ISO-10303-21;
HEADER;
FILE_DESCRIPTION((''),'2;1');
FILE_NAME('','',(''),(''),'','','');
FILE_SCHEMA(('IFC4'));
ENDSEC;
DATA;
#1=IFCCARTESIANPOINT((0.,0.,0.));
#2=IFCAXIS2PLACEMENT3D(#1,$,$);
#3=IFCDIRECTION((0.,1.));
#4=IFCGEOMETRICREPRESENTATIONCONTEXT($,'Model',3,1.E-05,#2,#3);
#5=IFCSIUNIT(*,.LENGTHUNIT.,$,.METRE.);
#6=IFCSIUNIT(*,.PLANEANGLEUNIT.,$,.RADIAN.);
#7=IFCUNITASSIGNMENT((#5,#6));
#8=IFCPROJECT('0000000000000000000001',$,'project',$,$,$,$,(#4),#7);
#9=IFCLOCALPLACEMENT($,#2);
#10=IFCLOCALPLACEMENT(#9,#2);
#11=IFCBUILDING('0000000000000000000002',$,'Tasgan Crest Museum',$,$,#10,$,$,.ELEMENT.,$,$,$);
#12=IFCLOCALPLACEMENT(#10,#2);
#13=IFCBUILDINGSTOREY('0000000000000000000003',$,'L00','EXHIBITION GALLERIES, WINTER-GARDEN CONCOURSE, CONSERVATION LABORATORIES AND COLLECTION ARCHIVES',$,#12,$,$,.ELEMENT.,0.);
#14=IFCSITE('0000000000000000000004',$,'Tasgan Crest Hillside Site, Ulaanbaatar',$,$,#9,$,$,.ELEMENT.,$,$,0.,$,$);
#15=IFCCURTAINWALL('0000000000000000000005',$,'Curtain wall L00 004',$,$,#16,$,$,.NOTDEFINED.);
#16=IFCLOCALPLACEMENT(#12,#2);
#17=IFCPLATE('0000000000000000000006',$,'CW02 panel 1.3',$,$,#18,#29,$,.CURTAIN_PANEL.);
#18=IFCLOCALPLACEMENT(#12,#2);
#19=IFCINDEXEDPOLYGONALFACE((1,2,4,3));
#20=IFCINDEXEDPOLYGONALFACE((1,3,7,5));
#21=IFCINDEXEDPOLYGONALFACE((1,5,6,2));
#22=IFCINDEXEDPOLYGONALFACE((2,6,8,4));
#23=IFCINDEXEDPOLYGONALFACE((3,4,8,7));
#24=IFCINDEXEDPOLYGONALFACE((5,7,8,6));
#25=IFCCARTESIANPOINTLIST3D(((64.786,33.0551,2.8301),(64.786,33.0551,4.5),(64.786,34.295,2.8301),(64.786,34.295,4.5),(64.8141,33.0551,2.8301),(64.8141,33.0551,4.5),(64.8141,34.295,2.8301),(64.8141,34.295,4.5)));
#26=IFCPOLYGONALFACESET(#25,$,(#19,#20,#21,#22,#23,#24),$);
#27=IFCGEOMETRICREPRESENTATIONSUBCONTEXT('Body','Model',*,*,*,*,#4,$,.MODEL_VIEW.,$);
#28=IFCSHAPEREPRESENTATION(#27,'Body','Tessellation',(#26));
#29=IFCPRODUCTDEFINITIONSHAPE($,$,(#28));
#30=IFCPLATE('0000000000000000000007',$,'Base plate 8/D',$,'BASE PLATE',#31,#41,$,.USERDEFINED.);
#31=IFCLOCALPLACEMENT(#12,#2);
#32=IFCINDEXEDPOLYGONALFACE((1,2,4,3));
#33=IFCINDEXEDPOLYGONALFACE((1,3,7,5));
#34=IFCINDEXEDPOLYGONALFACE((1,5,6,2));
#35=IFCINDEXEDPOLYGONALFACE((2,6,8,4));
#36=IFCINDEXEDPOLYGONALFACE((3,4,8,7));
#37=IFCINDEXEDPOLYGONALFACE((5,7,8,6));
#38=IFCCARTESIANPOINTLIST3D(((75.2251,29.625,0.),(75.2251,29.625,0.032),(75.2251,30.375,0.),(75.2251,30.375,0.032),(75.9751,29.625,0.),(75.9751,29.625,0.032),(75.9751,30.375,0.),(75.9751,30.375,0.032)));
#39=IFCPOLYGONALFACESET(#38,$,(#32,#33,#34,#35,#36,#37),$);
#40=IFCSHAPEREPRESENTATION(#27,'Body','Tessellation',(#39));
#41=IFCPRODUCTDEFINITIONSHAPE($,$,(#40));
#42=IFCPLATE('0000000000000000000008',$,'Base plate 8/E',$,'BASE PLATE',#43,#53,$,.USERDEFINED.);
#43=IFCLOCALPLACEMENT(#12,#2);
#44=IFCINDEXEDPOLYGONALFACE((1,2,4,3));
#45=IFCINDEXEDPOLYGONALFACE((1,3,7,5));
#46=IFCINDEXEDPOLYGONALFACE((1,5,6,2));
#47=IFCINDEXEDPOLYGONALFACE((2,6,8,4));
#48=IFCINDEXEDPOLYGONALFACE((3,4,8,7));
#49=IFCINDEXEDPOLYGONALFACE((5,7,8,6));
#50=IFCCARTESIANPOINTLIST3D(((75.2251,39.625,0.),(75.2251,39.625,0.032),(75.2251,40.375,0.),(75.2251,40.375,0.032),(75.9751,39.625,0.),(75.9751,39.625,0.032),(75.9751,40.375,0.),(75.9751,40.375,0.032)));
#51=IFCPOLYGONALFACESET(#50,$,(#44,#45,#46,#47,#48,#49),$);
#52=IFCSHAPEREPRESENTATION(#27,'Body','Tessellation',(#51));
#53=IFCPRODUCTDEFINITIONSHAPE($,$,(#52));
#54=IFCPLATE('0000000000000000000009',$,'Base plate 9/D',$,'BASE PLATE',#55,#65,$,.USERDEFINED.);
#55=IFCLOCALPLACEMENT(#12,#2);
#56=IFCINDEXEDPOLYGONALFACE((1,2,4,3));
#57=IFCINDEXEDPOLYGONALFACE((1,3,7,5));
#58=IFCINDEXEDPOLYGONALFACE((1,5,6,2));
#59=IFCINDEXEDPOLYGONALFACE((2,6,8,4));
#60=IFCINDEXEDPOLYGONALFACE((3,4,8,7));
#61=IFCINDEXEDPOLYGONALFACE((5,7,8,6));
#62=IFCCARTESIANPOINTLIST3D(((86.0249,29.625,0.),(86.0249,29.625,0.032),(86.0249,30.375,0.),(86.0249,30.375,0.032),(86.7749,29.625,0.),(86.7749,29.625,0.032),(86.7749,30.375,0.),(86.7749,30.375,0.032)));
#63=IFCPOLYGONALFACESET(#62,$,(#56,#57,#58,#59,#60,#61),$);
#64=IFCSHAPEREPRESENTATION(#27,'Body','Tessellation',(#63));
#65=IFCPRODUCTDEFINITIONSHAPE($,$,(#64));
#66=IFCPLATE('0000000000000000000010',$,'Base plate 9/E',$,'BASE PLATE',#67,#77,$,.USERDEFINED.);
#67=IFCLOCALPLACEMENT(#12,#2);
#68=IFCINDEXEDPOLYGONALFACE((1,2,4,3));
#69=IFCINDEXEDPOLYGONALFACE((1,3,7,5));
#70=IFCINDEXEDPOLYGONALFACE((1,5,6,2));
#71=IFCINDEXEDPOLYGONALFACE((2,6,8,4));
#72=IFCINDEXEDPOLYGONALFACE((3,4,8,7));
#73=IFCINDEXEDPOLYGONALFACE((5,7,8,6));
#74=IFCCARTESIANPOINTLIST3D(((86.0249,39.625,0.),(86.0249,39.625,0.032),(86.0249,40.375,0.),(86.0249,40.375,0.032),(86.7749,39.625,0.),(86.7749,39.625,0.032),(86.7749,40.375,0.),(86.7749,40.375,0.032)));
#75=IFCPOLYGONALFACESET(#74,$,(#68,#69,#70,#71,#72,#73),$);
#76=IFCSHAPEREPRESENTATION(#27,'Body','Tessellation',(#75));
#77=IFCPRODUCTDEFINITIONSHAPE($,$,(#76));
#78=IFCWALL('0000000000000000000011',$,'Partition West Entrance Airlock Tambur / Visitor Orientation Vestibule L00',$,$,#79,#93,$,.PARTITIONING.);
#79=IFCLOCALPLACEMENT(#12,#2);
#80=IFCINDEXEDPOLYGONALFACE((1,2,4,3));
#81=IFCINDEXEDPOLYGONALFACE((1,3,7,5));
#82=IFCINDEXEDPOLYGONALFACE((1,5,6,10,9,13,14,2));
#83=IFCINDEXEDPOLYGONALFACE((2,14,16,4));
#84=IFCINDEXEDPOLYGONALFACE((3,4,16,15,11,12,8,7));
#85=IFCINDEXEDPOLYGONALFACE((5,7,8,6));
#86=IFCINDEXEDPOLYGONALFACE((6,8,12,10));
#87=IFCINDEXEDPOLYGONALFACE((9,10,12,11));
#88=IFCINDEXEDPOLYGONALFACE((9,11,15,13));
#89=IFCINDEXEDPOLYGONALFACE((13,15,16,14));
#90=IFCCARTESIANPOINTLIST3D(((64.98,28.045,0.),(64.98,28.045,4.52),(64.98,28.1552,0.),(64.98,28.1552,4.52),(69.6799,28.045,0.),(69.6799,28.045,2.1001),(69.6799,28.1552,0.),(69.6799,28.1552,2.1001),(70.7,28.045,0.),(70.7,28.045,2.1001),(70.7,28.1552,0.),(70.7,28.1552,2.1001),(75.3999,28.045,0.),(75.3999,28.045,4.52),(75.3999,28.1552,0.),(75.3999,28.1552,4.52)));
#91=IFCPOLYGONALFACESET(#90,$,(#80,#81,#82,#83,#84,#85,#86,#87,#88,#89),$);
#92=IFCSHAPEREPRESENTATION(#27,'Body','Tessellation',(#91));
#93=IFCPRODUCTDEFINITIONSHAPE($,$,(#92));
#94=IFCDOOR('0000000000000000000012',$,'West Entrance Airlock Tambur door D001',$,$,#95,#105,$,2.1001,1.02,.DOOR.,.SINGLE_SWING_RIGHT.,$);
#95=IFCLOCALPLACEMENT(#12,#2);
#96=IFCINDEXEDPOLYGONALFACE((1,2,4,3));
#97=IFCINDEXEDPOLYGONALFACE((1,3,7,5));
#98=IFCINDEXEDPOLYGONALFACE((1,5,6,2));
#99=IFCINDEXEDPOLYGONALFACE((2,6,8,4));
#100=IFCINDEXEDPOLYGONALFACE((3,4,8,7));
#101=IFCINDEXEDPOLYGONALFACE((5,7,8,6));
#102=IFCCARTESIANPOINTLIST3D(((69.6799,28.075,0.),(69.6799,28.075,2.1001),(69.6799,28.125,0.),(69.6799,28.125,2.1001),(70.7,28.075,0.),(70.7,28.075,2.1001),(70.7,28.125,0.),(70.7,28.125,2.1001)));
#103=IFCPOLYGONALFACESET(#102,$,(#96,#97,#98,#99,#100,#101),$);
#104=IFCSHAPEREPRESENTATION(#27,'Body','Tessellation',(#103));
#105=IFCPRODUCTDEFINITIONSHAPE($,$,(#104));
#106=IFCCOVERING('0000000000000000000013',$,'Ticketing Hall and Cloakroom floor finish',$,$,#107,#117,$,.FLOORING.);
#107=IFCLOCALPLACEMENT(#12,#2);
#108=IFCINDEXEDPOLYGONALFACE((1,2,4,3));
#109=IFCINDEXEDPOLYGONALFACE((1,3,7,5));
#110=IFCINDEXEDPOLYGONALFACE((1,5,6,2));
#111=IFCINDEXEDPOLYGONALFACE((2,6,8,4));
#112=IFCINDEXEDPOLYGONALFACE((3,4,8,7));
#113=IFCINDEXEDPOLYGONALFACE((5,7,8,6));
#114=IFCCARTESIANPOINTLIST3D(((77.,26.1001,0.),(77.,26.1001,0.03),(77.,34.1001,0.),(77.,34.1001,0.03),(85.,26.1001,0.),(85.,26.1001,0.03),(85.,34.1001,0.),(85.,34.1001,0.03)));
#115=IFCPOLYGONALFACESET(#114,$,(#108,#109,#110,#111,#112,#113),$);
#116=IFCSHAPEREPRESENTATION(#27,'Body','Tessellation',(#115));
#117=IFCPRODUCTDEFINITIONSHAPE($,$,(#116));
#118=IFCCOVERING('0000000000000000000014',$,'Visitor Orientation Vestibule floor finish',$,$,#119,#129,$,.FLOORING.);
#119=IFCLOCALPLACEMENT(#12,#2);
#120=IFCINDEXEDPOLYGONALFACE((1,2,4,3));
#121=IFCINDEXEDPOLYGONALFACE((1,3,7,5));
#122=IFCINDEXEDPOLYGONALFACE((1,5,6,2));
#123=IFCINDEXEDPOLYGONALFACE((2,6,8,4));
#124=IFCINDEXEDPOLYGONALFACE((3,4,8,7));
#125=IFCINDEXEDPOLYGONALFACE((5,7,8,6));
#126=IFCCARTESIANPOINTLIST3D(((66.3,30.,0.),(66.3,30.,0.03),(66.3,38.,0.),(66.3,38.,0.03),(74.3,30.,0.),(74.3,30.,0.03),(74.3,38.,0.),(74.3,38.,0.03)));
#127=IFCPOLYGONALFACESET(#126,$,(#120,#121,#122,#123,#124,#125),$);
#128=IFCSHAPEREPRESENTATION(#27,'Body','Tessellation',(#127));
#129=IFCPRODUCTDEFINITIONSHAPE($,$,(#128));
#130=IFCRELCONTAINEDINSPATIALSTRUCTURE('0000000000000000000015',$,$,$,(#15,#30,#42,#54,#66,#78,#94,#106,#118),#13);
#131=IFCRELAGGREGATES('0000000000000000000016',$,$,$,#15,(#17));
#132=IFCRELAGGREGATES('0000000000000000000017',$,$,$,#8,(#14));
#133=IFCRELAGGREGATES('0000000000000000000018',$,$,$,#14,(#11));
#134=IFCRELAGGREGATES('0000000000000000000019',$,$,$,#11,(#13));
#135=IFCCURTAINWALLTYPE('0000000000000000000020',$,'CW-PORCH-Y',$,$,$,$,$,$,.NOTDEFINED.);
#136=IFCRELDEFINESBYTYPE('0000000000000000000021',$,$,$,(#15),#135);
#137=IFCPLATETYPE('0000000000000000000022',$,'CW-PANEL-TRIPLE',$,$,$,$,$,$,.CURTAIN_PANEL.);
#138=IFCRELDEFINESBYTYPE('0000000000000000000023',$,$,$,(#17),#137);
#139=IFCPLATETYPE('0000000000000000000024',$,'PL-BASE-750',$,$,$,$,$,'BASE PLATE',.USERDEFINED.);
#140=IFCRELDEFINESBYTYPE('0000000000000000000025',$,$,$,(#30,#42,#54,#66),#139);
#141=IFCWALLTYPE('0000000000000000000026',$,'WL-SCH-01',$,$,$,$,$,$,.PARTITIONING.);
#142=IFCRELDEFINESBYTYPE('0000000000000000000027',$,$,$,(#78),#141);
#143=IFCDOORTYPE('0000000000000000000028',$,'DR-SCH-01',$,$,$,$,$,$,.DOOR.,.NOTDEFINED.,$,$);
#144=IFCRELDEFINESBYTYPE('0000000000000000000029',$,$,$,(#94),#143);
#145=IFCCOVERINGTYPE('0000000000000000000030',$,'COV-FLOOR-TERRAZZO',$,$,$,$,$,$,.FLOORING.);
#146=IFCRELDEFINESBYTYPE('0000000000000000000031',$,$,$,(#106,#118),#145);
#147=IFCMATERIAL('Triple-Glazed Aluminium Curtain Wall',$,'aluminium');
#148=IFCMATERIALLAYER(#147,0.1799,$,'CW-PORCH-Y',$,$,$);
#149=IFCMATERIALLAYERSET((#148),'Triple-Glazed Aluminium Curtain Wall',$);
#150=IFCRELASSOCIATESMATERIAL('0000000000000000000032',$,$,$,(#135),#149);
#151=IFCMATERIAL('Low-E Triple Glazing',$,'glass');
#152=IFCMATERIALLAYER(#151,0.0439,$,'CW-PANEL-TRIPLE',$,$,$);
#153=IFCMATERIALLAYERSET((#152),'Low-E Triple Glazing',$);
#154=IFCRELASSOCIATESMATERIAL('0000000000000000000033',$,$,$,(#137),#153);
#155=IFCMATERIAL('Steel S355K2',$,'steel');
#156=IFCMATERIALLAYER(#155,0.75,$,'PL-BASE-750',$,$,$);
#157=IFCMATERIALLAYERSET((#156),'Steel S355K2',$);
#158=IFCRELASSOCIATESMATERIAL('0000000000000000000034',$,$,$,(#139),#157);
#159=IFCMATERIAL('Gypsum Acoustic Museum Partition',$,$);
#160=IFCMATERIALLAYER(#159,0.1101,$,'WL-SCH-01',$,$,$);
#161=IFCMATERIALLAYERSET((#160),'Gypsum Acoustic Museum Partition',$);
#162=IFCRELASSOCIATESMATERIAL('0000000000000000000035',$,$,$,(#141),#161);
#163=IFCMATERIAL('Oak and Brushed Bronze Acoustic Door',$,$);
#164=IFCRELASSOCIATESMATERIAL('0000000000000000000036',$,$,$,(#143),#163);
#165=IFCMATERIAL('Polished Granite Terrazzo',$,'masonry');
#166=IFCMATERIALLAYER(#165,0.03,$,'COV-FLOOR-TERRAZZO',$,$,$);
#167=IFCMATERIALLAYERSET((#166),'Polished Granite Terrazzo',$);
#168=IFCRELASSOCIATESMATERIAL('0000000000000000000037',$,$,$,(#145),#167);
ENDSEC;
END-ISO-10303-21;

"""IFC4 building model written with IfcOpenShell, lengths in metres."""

from ifc_helpers import new_model, si_unit, direction, frame, frame_2d, origin, origin_2d, place, context, subcontext, project, spatial, rectangle, extrude, material, layer, layer_set, type_object, element, fill, aggregate, save


model = new_model("IFC4")

# Units and contexts
model_context = context("Model", 3, precision=1e-05, world=origin(), true_north=direction((0.0, 1.0)))
body_context = subcontext(model_context, "Body", "Model", "MODEL_VIEW")
ifc_project = project(units=[si_unit("LENGTHUNIT", "METRE"), si_unit("PLANEANGLEUNIT", "RADIAN")], contexts=[model_context])

# Site, building, storey
site_placement = place(None, origin())
site = spatial("IfcSite", under=ifc_project, at=site_placement, Name="Tasgan Crest Hillside Site, Ulaanbaatar", CompositionType="ELEMENT", RefElevation=0.0)
building_placement = place(site_placement, origin())
building = spatial("IfcBuilding", under=site, at=building_placement, Name="Tasgan Crest Museum", CompositionType="ELEMENT")
storey_placement = place(building_placement, origin())
storey = spatial("IfcBuildingStorey", under=building, at=storey_placement, Name="L00", Description="EXHIBITION GALLERIES, WINTER-GARDEN CONCOURSE, CONSERVATION LABORATORIES AND COLLECTION ARCHIVES", CompositionType="ELEMENT", Elevation=0.0)

# Curtain wall, plate
ifc_material_1 = material(Name="Triple-Glazed Aluminium Curtain Wall", Category="aluminium")
ifc_layer_1 = layer(ifc_material_1, 0.1799, Name="CW-PORCH-Y")
ifc_layer_set_1 = layer_set([ifc_layer_1], Name="Triple-Glazed Aluminium Curtain Wall")
curtain_wall_type = type_object("IfcCurtainWallType", Name="CW-PORCH-Y", PredefinedType="NOTDEFINED", material=ifc_layer_set_1)
curtain_wall_placement = place(storey_placement, origin())
curtain_wall = element("IfcCurtainWall", 1, at=curtain_wall_placement, inside=storey, type_object=curtain_wall_type, Name="Curtain wall L00 004", PredefinedType="NOTDEFINED")
ifc_material_2 = material(Name="Low-E Triple Glazing", Category="glass")
ifc_layer_2 = layer(ifc_material_2, 0.0439, Name="CW-PANEL-TRIPLE")
ifc_layer_set_2 = layer_set([ifc_layer_2], Name="Low-E Triple Glazing")
plate_type_1 = type_object("IfcPlateType", Name="CW-PANEL-TRIPLE", PredefinedType="CURTAIN_PANEL", material=ifc_layer_set_2)
plate_placement = place(storey_placement, frame((64.8, 33.675, 2.8301), z_axis=(0.0, 0.0, 1.0), x_axis=(0.0, -1.0, 0.0)))
plate = element("IfcPlate", 2, at=plate_placement, type_object=plate_type_1, Name="CW02 panel 1.3", PredefinedType="CURTAIN_PANEL", context=body_context, shape_type="SweptSolid", body=[
    extrude(rectangle(XDim=1.24, YDim=0.0281, at=origin_2d()), origin(), (0.0, 0.0, 1.0), 1.6699),
])
aggregate(curtain_wall, [plate])

# Plates
ifc_material_3 = material(Name="Steel S355K2", Category="steel")
ifc_layer_3 = layer(ifc_material_3, 0.75, Name="PL-BASE-750")
ifc_layer_set_3 = layer_set([ifc_layer_3], Name="Steel S355K2")
plate_type_2 = type_object("IfcPlateType", Name="PL-BASE-750", ElementType="BASE PLATE", PredefinedType="USERDEFINED", material=ifc_layer_set_3)
for number, where, z_axis, x_axis, name in (
    (3, (75.6001, 30.0, 0.0), (0.0, 0.0, 1.0), (1.0, 0.0, 0.0), "Base plate 8/D"),
    (4, (75.6001, 40.0, 0.0), (0.0, 0.0, 1.0), (1.0, 0.0, 0.0), "Base plate 8/E"),
    (5, (86.3999, 30.0, 0.0), (0.0, 0.0, 1.0), (1.0, 0.0, 0.0), "Base plate 9/D"),
    (6, (86.3999, 40.0, 0.0), (0.0, 0.0, 1.0), (1.0, 0.0, 0.0), "Base plate 9/E"),
):
    element("IfcPlate", number, at=place(storey_placement, frame(where, z_axis=z_axis, x_axis=x_axis)), inside=storey, type_object=plate_type_2, Name=name, ObjectType="BASE PLATE", PredefinedType="USERDEFINED", context=body_context, shape_type="SweptSolid", body=[
        extrude(rectangle(XDim=0.75, YDim=0.75, at=origin_2d()), origin(), (0.0, 0.0, 1.0), 0.032),
    ])

# Wall, opening, door
ifc_material_4 = material(Name="Gypsum Acoustic Museum Partition")
ifc_layer_4 = layer(ifc_material_4, 0.1101, Name="WL-SCH-01")
ifc_layer_set_4 = layer_set([ifc_layer_4], Name="Gypsum Acoustic Museum Partition")
wall_type = type_object("IfcWallType", Name="WL-SCH-01", PredefinedType="PARTITIONING", material=ifc_layer_set_4)
wall_placement = place(storey_placement, frame((64.98, 28.1001, 0.0), z_axis=(0.0, 0.0, 1.0), x_axis=(1.0, 0.0, 0.0)))
wall = element("IfcWall", 7, at=wall_placement, inside=storey, type_object=wall_type, Name="Partition West Entrance Airlock Tambur / Visitor Orientation Vestibule L00", PredefinedType="PARTITIONING", context=body_context, shape_type="SweptSolid", body=[
    extrude(rectangle(XDim=10.4199, YDim=0.1101, at=frame_2d((5.21, 0.0))), origin(), (0.0, 0.0, 1.0), 4.52),
])
opening_placement = place(wall_placement, frame((4.7, 0.0, 0.0)))
opening = element("IfcOpeningElement", 8, at=opening_placement, cuts=wall, PredefinedType="OPENING", context=body_context, shape_type="SweptSolid", body=[
    extrude(rectangle(XDim=1.02, YDim=2.1001, at=frame_2d((0.51, 1.05))), frame((0.0, 0.0649, 0.0), z_axis=(0.0, -1.0, 0.0), x_axis=(1.0, 0.0, 0.0)), (0.0, 0.0, 1.0), 0.1301),
])
ifc_material_5 = material(Name="Oak and Brushed Bronze Acoustic Door")
door_type = type_object("IfcDoorType", Name="DR-SCH-01", OperationType="NOTDEFINED", PredefinedType="DOOR", material=ifc_material_5)
door_placement = place(opening_placement, origin())
door = element("IfcDoor", 9, at=door_placement, inside=storey, type_object=door_type, Name="West Entrance Airlock Tambur door D001", OperationType="SINGLE_SWING_RIGHT", OverallHeight=2.1001, OverallWidth=1.02, PredefinedType="DOOR", context=body_context, shape_type="SweptSolid", body=[
    extrude(rectangle(XDim=1.02, YDim=2.1001, at=frame_2d((0.51, 1.05))), frame((0.0, 0.0249, 0.0), z_axis=(0.0, -1.0, 0.0), x_axis=(1.0, 0.0, 0.0)), (0.0, 0.0, 1.0), 0.05),
])
fill(opening, door)

# Coverings
ifc_material_6 = material(Name="Polished Granite Terrazzo", Category="masonry")
ifc_layer_5 = layer(ifc_material_6, 0.03, Name="COV-FLOOR-TERRAZZO")
ifc_layer_set_5 = layer_set([ifc_layer_5], Name="Polished Granite Terrazzo")
covering_type = type_object("IfcCoveringType", Name="COV-FLOOR-TERRAZZO", PredefinedType="FLOORING", material=ifc_layer_set_5)
for number, where, z_axis, x_axis, name in (
    (10, (81.0, 30.1001, 0.0), (0.0, 0.0, 1.0), (1.0, 0.0, 0.0), "Ticketing Hall and Cloakroom floor finish"),
    (11, (70.3, 34.0, 0.0), (0.0, 0.0, 1.0), (1.0, 0.0, 0.0), "Visitor Orientation Vestibule floor finish"),
):
    element("IfcCovering", number, at=place(storey_placement, frame(where, z_axis=z_axis, x_axis=x_axis)), inside=storey, type_object=covering_type, Name=name, PredefinedType="FLOORING", context=body_context, shape_type="SweptSolid", body=[
        extrude(rectangle(XDim=8.0, YDim=8.0, at=origin_2d()), origin(), (0.0, 0.0, 1.0), 0.03),
    ])

save(model, "model.ifc")
